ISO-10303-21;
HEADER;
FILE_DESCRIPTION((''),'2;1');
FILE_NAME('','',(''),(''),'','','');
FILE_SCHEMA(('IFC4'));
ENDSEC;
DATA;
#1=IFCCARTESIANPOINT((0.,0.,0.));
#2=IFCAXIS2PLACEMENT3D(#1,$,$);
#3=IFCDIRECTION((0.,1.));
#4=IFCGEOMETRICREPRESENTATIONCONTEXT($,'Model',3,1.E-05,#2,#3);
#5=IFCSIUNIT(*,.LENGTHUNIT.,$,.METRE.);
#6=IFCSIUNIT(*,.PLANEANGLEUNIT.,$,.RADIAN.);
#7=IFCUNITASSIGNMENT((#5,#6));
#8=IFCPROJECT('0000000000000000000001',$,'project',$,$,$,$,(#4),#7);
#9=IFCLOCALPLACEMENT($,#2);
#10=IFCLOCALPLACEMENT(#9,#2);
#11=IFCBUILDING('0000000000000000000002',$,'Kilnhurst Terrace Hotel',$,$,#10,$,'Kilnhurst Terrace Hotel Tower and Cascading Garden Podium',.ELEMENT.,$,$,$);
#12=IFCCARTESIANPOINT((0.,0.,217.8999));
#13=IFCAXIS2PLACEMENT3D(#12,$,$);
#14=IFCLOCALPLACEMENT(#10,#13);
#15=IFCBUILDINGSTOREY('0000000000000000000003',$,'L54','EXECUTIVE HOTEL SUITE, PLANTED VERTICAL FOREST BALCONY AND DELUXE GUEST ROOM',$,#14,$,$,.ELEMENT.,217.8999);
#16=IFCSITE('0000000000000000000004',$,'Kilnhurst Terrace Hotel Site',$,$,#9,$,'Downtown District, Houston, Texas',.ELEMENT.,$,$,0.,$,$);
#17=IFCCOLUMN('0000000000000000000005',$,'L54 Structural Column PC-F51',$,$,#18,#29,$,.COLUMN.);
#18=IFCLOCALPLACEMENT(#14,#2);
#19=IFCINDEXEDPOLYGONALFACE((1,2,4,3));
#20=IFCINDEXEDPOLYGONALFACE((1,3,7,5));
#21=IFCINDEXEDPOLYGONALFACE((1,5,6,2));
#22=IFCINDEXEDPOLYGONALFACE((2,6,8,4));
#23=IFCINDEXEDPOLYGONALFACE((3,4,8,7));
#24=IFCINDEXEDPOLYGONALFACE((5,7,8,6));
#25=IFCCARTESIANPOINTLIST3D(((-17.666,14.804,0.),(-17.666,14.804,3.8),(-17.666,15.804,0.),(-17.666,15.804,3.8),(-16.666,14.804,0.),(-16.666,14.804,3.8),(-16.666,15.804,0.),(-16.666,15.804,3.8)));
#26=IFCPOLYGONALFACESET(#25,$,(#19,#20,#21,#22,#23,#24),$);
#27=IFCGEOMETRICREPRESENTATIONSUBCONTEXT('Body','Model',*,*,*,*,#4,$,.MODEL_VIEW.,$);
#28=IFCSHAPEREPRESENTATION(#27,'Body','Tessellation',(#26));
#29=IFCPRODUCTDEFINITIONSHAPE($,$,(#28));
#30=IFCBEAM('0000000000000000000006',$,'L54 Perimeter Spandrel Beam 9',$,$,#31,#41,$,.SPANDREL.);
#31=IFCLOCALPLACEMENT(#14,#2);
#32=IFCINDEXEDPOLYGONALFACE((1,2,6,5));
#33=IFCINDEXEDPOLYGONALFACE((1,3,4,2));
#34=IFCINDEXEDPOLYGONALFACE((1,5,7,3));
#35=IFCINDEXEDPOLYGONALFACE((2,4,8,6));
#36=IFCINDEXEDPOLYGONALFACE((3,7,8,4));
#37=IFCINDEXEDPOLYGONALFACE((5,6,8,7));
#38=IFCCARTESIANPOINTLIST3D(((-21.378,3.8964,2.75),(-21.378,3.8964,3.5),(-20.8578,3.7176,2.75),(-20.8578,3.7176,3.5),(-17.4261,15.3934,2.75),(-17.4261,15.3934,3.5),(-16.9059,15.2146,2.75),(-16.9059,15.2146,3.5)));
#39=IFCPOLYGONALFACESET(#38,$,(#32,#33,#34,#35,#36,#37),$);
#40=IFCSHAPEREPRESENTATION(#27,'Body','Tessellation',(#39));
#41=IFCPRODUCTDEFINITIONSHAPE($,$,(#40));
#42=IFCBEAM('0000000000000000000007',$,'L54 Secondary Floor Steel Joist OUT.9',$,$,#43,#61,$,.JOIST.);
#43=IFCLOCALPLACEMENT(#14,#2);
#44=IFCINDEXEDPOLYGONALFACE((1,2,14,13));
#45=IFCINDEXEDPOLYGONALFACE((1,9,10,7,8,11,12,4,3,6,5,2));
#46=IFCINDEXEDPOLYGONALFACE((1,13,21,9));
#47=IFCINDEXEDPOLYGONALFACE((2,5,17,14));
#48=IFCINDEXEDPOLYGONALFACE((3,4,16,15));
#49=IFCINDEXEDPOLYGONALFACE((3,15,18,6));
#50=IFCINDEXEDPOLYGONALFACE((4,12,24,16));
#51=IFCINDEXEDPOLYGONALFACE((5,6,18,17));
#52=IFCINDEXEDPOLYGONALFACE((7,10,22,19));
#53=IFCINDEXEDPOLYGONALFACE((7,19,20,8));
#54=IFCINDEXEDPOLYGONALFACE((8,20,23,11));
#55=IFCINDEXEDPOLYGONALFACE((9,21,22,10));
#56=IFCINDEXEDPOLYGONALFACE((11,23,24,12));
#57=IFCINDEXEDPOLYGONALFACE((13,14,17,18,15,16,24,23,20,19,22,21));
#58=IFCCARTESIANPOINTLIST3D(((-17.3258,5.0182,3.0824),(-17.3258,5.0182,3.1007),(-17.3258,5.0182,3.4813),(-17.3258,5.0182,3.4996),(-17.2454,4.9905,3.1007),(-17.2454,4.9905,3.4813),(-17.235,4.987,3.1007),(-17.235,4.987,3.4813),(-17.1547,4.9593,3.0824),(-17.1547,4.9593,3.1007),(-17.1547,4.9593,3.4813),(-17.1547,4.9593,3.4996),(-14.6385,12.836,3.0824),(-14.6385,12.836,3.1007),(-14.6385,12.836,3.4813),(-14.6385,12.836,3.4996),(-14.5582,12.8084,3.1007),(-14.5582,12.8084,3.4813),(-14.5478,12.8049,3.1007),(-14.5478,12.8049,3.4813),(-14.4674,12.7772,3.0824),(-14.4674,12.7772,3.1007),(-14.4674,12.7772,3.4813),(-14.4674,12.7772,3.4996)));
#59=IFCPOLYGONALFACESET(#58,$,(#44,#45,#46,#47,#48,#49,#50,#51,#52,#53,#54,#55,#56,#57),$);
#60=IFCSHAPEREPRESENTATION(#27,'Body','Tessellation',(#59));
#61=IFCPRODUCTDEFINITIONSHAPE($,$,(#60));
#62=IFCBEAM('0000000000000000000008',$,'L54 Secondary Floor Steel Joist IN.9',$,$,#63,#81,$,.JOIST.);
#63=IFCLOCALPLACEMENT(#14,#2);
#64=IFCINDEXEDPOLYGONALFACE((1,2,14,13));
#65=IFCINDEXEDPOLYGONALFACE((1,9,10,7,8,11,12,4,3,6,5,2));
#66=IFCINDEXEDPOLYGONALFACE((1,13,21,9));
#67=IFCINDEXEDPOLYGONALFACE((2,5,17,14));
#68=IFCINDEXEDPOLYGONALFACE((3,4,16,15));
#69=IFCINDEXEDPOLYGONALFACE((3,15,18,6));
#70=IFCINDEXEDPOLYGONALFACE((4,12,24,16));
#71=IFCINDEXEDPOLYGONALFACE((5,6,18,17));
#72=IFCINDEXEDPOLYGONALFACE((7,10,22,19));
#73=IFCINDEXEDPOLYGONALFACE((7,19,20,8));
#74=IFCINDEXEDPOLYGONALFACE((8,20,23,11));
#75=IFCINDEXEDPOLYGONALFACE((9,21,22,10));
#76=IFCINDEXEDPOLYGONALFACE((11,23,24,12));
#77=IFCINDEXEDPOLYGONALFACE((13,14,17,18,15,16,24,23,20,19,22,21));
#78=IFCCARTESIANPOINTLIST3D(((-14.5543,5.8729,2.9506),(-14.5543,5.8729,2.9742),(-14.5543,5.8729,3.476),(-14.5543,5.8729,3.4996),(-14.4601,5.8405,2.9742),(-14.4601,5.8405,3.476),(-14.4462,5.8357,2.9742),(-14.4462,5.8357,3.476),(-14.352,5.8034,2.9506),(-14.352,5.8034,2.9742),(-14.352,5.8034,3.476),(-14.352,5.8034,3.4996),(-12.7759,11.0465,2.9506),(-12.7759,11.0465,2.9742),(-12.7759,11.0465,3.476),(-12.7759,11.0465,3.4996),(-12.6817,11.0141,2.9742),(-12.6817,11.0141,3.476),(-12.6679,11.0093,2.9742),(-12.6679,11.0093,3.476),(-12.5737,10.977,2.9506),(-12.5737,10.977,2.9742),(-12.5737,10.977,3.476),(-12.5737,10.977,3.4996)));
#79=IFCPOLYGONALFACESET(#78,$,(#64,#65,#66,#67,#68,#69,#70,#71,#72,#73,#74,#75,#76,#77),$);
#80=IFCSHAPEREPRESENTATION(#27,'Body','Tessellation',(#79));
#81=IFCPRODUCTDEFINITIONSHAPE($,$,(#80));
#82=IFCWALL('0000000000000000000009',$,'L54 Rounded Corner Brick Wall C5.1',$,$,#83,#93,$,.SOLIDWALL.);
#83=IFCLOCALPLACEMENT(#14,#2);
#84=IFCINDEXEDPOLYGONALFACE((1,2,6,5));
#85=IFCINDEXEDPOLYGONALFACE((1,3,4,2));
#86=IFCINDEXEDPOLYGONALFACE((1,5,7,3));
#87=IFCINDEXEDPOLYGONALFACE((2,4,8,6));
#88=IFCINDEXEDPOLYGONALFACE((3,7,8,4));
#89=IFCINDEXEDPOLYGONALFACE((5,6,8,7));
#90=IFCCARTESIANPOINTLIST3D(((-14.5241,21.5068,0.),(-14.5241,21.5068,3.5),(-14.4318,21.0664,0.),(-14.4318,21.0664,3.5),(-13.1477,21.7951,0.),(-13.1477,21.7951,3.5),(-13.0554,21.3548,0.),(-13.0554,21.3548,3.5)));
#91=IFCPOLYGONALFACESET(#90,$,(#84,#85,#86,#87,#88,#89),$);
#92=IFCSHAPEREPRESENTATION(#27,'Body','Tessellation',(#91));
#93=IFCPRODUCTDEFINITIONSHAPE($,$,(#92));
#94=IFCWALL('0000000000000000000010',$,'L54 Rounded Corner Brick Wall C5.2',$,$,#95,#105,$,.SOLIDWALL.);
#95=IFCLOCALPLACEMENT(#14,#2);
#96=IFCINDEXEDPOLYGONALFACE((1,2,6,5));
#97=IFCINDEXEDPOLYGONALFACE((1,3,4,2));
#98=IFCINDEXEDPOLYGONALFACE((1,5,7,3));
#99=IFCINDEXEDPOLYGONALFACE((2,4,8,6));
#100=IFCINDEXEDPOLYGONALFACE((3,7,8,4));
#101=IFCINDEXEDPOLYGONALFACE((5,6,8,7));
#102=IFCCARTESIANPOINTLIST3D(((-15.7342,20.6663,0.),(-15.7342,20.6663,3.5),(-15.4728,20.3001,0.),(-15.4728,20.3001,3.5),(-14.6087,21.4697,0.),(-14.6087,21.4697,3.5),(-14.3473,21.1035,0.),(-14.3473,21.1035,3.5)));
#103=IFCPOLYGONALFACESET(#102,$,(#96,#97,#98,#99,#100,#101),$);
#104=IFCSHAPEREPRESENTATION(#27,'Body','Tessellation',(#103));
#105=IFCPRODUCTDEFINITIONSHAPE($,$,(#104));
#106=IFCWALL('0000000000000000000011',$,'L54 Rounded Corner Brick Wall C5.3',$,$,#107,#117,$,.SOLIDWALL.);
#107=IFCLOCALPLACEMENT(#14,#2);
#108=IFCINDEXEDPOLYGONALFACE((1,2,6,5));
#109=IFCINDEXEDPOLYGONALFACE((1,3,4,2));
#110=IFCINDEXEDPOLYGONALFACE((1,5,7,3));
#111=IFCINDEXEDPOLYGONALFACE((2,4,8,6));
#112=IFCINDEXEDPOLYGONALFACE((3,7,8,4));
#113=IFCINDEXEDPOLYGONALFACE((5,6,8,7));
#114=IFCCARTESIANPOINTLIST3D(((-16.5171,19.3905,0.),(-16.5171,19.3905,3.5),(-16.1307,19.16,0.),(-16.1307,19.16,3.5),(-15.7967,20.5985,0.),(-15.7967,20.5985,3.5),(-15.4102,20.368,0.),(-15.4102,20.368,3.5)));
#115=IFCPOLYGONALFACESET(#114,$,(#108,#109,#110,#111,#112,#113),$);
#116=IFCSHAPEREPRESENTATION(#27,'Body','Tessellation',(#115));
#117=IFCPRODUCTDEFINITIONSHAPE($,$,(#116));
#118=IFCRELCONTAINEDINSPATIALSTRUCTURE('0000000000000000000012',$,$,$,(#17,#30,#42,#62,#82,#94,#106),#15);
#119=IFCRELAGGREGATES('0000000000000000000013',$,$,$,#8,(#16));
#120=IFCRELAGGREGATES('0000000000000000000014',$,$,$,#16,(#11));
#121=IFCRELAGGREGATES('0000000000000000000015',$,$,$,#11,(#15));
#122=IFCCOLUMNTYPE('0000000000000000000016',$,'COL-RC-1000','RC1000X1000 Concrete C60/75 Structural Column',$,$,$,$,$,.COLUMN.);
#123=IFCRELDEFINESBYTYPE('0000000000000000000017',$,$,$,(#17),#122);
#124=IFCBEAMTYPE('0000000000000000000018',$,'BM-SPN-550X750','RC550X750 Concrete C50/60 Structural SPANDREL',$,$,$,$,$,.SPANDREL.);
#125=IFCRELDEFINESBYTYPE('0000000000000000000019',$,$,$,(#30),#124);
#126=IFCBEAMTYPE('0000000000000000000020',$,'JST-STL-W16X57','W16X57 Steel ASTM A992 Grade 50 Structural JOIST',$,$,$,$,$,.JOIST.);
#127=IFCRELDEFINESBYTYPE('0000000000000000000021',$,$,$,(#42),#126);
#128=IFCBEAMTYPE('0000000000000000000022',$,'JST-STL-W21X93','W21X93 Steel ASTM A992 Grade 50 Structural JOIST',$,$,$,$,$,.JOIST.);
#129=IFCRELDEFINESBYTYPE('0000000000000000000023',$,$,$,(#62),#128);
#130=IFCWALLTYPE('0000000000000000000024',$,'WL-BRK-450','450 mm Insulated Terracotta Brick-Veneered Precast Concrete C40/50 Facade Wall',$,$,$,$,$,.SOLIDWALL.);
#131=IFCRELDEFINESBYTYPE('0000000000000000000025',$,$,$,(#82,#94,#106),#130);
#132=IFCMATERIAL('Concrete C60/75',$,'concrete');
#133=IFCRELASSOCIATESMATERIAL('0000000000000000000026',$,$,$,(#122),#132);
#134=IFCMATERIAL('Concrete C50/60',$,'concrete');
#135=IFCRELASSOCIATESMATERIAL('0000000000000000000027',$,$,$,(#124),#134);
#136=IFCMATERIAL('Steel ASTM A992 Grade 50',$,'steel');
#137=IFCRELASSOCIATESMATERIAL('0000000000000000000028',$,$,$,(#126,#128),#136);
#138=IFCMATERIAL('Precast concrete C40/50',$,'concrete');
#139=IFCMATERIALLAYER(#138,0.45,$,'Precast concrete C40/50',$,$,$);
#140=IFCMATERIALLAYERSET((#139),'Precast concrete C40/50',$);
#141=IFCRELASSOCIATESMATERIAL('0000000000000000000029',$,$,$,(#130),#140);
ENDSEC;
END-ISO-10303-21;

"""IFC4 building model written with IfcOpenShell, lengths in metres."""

from ifc_helpers import new_model, si_unit, direction, frame, frame_2d, origin, origin_2d, place, context, subcontext, project, spatial, rectangle, i_section, extrude, material, layer, layer_set, material_profile, profile_set, type_object, element, save


model = new_model("IFC4")

# Units and contexts
model_context = context("Model", 3, precision=1e-05, world=origin(), true_north=direction((0.0, 1.0)))
body_context = subcontext(model_context, "Body", "Model", "MODEL_VIEW")
ifc_project = project(units=[si_unit("LENGTHUNIT", "METRE"), si_unit("PLANEANGLEUNIT", "RADIAN")], contexts=[model_context])

# Site, building, storey
site_placement = place(None, origin())
site = spatial("IfcSite", under=ifc_project, at=site_placement, Name="Kilnhurst Terrace Hotel Site", LongName="Downtown District, Houston, Texas", CompositionType="ELEMENT", RefElevation=0.0)
building_placement = place(site_placement, origin())
building = spatial("IfcBuilding", under=site, at=building_placement, Name="Kilnhurst Terrace Hotel", LongName="Kilnhurst Terrace Hotel Tower and Cascading Garden Podium", CompositionType="ELEMENT")
storey_placement = place(building_placement, frame((0.0, 0.0, 217.8999)))
storey = spatial("IfcBuildingStorey", under=building, at=storey_placement, Name="L54", Description="EXECUTIVE HOTEL SUITE, PLANTED VERTICAL FOREST BALCONY AND DELUXE GUEST ROOM", CompositionType="ELEMENT", Elevation=217.8999)

# Column
ifc_material_1 = material(Name="Concrete C60/75", Category="concrete")
ifc_material_profile_1 = material_profile(ifc_material_1, rectangle(XDim=1.0, YDim=1.0, at=origin_2d()), Name="RC1000X1000")
ifc_profile_set_1 = profile_set([ifc_material_profile_1], Name="Concrete C60/75")
column_type = type_object("IfcColumnType", Name="COL-RC-1000", Description="RC1000X1000 Concrete C60/75 Structural Column", PredefinedType="COLUMN", material=ifc_profile_set_1)
column_placement = place(storey_placement, frame((-17.166, 15.304, 0.0), z_axis=(0.0, 0.0, 1.0), x_axis=(1.0, 0.0, 0.0)))
element("IfcColumn", 1, at=column_placement, inside=storey, type_object=column_type, Name="L54 Structural Column PC-F51", PredefinedType="COLUMN", context=body_context, shape_type="SweptSolid", body=[
    extrude(rectangle(XDim=1.0, YDim=1.0, at=origin_2d()), origin(), (0.0, 0.0, 1.0), 3.8),
])

# Beams
ifc_material_2 = material(Name="Concrete C50/60", Category="concrete")
ifc_material_profile_2 = material_profile(ifc_material_2, rectangle(XDim=0.55, YDim=0.75, at=origin_2d()), Name="RC550X750")
ifc_profile_set_2 = profile_set([ifc_material_profile_2], Name="Concrete C50/60")
beam_type_1 = type_object("IfcBeamType", Name="BM-SPN-550X750", Description="RC550X750 Concrete C50/60 Structural SPANDREL", PredefinedType="SPANDREL", material=ifc_profile_set_2)
beam_1_placement = place(storey_placement, frame((-17.166, 15.304, 3.125), z_axis=(-0.325064, -0.945692, 0.0), x_axis=(0.945692, -0.325064, 0.0)))
element("IfcBeam", 2, at=beam_1_placement, inside=storey, type_object=beam_type_1, Name="L54 Perimeter Spandrel Beam 9", PredefinedType="SPANDREL", context=body_context, shape_type="SweptSolid", body=[
    extrude(rectangle(XDim=0.55, YDim=0.75, at=origin_2d()), origin(), (0.0, 0.0, 1.0), 12.1572),
])
ifc_material_3 = material(Name="Steel ASTM A992 Grade 50", Category="steel")
ifc_material_profile_3 = material_profile(ifc_material_3, i_section(OverallWidth=0.1809, OverallDepth=0.4172, WebThickness=0.011, FlangeThickness=0.0183, at=origin_2d()), Name="W16X57")
ifc_profile_set_3 = profile_set([ifc_material_profile_3], Name="Steel ASTM A992 Grade 50")
beam_type_2 = type_object("IfcBeamType", Name="JST-STL-W16X57", Description="W16X57 Steel ASTM A992 Grade 50 Structural JOIST", PredefinedType="JOIST", material=ifc_profile_set_3)
beam_2_placement = place(storey_placement, frame((-14.553, 12.8066, 3.291), z_axis=(-0.325065, -0.945692, 0.0), x_axis=(0.945692, -0.325065, 0.0)))
element("IfcBeam", 3, at=beam_2_placement, inside=storey, type_object=beam_type_2, Name="L54 Secondary Floor Steel Joist OUT.9", PredefinedType="JOIST", context=body_context, shape_type="SweptSolid", body=[
    extrude(i_section(OverallWidth=0.1809, OverallDepth=0.4172, WebThickness=0.011, FlangeThickness=0.0183, at=origin_2d()), origin(), (0.0, 0.0, 1.0), 8.2668),
])
ifc_material_profile_4 = material_profile(ifc_material_3, i_section(OverallWidth=0.2139, OverallDepth=0.5491, WebThickness=0.0146, FlangeThickness=0.0237, at=origin_2d()), Name="W21X93")
ifc_profile_set_4 = profile_set([ifc_material_profile_4], Name="Steel ASTM A992 Grade 50")
beam_type_3 = type_object("IfcBeamType", Name="JST-STL-W21X93", Description="W21X93 Steel ASTM A992 Grade 50 Structural JOIST", PredefinedType="JOIST", material=ifc_profile_set_4)
beam_3_placement = place(storey_placement, frame((-12.6748, 11.0117, 3.2251), z_axis=(-0.325064, -0.945692, 0.0), x_axis=(0.945692, -0.325064, 0.0)))
element("IfcBeam", 4, at=beam_3_placement, inside=storey, type_object=beam_type_3, Name="L54 Secondary Floor Steel Joist IN.9", PredefinedType="JOIST", context=body_context, shape_type="SweptSolid", body=[
    extrude(i_section(OverallWidth=0.2139, OverallDepth=0.5491, WebThickness=0.0146, FlangeThickness=0.0237, at=origin_2d()), origin(), (0.0, 0.0, 1.0), 5.4707),
])

# Walls
ifc_material_4 = material(Name="Precast concrete C40/50", Category="concrete")
ifc_layer_1 = layer(ifc_material_4, 0.45, Name="Precast concrete C40/50")
ifc_layer_set_1 = layer_set([ifc_layer_1], Name="Precast concrete C40/50")
wall_type_1 = type_object("IfcWallType", Name="WL-BRK-450", Description="450 mm Insulated Terracotta Brick-Veneered Precast Concrete C40/50 Facade Wall", PredefinedType="SOLIDWALL", material=ifc_layer_set_1)
wall_1_placement = place(storey_placement, frame((-13.1016, 21.575, 0.0), z_axis=(0.0, 0.0, 1.0), x_axis=(-0.978757, -0.205022, 0.0)))
element("IfcWall", 5, at=wall_1_placement, inside=storey, type_object=wall_type_1, Name="L54 Rounded Corner Brick Wall C5.1", PredefinedType="SOLIDWALL", context=body_context, shape_type="SweptSolid", body=[
    extrude(rectangle(XDim=1.4062, YDim=0.45, at=frame_2d((0.7031, 0.0))), origin(), (0.0, 0.0, 1.0), 3.5),
])
wall_2_placement = place(storey_placement, frame((-14.478, 21.2866, 0.0), z_axis=(0.0, 0.0, 1.0), x_axis=(-0.813889, -0.581021, 0.0)))
element("IfcWall", 6, at=wall_2_placement, inside=storey, type_object=wall_type_1, Name="L54 Rounded Corner Brick Wall C5.2", PredefinedType="SOLIDWALL", context=body_context, shape_type="SweptSolid", body=[
    extrude(rectangle(XDim=1.3828, YDim=0.45, at=frame_2d((0.6914, 0.0))), origin(), (0.0, 0.0, 1.0), 3.5),
])
wall_3_placement = place(storey_placement, frame((-15.6035, 20.4832, 0.0), z_axis=(0.0, 0.0, 1.0), x_axis=(-0.512222, -0.858853, 0.0)))
element("IfcWall", 7, at=wall_3_placement, inside=storey, type_object=wall_type_1, Name="L54 Rounded Corner Brick Wall C5.3", PredefinedType="SOLIDWALL", context=body_context, shape_type="SweptSolid", body=[
    extrude(rectangle(XDim=1.4065, YDim=0.45, at=frame_2d((0.7031, 0.0))), origin(), (0.0, 0.0, 1.0), 3.5),
])

save(model, "model.ifc")
